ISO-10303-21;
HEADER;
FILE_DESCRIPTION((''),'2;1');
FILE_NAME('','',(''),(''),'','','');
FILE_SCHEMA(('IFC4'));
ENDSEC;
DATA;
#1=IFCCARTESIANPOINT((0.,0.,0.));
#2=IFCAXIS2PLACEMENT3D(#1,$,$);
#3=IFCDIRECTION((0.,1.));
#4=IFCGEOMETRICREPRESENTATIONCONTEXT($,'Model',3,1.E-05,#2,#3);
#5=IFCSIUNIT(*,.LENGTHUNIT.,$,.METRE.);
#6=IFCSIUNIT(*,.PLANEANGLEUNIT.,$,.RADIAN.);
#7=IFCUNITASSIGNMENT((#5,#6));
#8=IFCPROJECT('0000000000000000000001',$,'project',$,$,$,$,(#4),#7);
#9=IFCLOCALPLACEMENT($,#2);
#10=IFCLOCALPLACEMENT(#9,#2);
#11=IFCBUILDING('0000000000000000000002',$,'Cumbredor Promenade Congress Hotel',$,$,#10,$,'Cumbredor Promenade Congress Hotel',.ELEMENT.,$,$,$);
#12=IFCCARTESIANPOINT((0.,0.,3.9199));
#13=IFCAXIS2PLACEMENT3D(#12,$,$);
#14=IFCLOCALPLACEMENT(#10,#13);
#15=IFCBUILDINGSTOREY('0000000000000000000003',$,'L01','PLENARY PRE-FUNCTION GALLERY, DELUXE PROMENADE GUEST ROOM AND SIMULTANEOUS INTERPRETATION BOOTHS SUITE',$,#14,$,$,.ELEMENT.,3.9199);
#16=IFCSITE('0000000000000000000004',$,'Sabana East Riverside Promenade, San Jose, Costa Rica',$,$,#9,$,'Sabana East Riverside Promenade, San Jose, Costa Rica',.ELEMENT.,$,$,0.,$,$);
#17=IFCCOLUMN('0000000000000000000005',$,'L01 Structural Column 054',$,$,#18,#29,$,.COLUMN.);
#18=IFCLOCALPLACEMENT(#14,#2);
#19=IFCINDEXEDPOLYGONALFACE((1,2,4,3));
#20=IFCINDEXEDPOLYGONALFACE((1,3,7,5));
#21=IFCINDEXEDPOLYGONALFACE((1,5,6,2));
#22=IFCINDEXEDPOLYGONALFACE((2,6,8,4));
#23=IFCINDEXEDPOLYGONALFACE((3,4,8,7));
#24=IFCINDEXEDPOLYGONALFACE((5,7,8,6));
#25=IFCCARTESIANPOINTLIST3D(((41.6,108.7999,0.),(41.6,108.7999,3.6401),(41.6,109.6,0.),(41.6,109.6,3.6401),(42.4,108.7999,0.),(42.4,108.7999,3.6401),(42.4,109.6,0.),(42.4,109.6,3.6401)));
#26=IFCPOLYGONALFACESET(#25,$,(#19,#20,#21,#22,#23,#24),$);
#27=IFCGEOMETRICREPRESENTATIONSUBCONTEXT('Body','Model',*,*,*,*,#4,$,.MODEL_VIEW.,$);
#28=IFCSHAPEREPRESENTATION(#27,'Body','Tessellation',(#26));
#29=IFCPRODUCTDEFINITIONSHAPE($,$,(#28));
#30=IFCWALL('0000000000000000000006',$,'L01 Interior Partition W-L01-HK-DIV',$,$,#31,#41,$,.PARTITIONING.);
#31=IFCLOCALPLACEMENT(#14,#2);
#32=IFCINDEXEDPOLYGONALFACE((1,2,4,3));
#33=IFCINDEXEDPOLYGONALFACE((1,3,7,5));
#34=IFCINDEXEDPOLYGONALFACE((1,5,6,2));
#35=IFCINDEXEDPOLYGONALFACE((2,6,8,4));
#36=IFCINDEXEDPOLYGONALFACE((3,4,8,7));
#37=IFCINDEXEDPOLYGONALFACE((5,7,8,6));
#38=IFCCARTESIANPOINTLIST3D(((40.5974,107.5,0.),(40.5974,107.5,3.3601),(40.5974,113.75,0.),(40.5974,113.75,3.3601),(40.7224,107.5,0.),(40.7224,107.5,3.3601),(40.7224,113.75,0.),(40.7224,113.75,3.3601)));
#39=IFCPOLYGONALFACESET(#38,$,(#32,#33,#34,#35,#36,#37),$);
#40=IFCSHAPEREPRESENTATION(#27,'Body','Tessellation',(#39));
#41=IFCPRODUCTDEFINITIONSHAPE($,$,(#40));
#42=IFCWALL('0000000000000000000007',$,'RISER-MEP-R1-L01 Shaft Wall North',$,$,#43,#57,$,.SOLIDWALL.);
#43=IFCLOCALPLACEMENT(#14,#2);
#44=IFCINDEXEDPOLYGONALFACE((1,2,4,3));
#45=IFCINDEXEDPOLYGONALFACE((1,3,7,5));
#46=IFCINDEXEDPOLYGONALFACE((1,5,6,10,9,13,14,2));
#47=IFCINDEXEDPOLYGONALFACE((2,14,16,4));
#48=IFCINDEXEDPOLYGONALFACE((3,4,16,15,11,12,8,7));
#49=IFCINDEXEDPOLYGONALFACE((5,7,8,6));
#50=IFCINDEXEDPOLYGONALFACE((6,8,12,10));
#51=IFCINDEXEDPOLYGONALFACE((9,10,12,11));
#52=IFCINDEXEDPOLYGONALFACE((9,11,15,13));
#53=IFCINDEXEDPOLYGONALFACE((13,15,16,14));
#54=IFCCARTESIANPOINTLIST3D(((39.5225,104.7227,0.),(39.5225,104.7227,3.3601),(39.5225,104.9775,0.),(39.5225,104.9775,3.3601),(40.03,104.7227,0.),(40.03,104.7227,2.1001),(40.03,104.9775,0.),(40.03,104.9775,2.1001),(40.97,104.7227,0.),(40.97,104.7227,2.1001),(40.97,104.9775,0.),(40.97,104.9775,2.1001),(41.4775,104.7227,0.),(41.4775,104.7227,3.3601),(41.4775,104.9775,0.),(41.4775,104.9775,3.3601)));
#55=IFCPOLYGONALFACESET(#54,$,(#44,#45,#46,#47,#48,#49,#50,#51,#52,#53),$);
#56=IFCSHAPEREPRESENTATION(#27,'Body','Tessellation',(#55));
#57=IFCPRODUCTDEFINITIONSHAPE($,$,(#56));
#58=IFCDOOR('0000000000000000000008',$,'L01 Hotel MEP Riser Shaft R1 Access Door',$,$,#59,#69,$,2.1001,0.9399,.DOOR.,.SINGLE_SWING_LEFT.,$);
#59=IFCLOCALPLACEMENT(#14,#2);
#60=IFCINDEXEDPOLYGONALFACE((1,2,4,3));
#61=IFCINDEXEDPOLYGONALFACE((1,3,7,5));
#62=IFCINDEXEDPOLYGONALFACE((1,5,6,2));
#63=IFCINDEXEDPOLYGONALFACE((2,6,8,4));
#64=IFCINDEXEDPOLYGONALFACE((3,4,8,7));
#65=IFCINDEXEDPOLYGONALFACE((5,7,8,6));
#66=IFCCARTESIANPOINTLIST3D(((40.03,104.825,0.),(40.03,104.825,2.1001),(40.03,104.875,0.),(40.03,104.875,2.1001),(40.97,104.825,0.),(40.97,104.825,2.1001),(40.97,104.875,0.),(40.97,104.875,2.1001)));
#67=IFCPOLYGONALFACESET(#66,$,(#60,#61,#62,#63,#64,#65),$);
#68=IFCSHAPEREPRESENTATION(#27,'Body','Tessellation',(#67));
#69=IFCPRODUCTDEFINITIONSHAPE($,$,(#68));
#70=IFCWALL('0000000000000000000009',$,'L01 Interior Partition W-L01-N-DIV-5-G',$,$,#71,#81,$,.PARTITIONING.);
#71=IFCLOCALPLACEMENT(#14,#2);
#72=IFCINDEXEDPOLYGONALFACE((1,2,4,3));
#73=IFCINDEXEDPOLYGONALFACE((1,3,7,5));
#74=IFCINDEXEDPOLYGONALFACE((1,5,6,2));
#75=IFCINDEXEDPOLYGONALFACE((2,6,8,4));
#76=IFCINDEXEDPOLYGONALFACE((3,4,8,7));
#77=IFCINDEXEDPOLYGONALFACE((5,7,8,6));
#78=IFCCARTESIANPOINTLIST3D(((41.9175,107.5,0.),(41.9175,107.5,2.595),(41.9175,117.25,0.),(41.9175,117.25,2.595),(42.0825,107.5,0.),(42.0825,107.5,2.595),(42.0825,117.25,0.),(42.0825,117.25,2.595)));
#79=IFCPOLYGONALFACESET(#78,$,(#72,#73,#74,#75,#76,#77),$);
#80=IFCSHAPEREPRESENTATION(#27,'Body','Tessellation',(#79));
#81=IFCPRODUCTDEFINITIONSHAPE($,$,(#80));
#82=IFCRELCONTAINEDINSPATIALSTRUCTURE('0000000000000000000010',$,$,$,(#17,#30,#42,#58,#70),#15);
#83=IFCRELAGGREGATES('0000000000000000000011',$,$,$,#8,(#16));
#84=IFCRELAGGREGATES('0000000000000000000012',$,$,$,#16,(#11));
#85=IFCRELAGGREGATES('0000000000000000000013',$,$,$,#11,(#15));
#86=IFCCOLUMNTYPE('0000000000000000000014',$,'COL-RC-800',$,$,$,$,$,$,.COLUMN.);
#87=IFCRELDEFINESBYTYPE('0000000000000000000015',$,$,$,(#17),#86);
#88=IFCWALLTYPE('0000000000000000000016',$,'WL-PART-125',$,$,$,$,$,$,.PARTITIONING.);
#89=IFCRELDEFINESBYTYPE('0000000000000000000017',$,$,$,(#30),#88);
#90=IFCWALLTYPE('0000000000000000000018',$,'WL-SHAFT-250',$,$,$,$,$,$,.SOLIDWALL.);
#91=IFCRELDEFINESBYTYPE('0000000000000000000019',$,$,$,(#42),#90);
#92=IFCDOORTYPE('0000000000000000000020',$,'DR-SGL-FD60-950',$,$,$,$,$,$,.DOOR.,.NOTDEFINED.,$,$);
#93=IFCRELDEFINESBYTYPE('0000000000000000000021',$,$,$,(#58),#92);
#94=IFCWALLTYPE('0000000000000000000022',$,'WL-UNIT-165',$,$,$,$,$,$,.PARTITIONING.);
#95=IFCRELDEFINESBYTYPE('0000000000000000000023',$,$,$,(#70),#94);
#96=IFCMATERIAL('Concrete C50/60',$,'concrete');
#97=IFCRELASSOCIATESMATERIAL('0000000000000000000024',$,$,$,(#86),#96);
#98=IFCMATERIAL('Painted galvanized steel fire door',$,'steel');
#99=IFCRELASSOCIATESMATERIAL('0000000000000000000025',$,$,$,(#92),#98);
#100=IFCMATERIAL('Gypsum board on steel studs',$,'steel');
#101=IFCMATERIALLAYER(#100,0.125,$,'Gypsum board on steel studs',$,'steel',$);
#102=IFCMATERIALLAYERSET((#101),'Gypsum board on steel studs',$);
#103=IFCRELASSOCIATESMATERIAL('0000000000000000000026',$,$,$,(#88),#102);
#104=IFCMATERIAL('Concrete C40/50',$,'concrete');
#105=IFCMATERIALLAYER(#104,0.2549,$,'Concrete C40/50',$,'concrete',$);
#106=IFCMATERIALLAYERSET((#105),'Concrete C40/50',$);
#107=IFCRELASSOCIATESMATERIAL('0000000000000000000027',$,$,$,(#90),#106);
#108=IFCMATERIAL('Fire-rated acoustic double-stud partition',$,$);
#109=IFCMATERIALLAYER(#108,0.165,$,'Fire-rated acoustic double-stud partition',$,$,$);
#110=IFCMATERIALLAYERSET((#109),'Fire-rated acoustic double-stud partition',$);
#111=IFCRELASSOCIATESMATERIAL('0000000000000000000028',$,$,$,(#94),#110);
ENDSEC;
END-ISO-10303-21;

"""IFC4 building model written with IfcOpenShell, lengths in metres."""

from ifc_helpers import new_model, si_unit, direction, frame, frame_2d, origin, origin_2d, place, context, subcontext, project, spatial, rectangle, extrude, material, layer, layer_set, material_profile, profile_set, type_object, element, fill, save


model = new_model("IFC4")

# Units and contexts
model_context = context("Model", 3, precision=1e-05, world=origin(), true_north=direction((0.0, 1.0)))
body_context = subcontext(model_context, "Body", "Model", "MODEL_VIEW")
ifc_project = project(units=[si_unit("LENGTHUNIT", "METRE"), si_unit("PLANEANGLEUNIT", "RADIAN")], contexts=[model_context])

# Site, building, storey
site_placement = place(None, origin())
site = spatial("IfcSite", under=ifc_project, at=site_placement, Name="Sabana East Riverside Promenade, San Jose, Costa Rica", LongName="Sabana East Riverside Promenade, San Jose, Costa Rica", CompositionType="ELEMENT", RefElevation=0.0)
building_placement = place(site_placement, origin())
building = spatial("IfcBuilding", under=site, at=building_placement, Name="Cumbredor Promenade Congress Hotel", LongName="Cumbredor Promenade Congress Hotel", CompositionType="ELEMENT")
storey_placement = place(building_placement, frame((0.0, 0.0, 3.9199)))
storey = spatial("IfcBuildingStorey", under=building, at=storey_placement, Name="L01", Description="PLENARY PRE-FUNCTION GALLERY, DELUXE PROMENADE GUEST ROOM AND SIMULTANEOUS INTERPRETATION BOOTHS SUITE", CompositionType="ELEMENT", Elevation=3.9199)

# Column
ifc_material_1 = material(Name="Concrete C50/60", Category="concrete")
ifc_material_profile = material_profile(ifc_material_1, rectangle(XDim=0.8, YDim=0.8, at=origin_2d()), Name="RC 800x800")
ifc_profile_set = profile_set([ifc_material_profile], Name="Concrete C50/60")
column_type = type_object("IfcColumnType", Name="COL-RC-800", PredefinedType="COLUMN", material=ifc_profile_set)
column_placement = place(storey_placement, frame((42.0, 109.2, 0.0), z_axis=(0.0, 0.0, 1.0), x_axis=(1.0, 0.0, 0.0)))
element("IfcColumn", 1, at=column_placement, inside=storey, type_object=column_type, Name="L01 Structural Column 054", PredefinedType="COLUMN", context=body_context, shape_type="SweptSolid", body=[
    extrude(rectangle(XDim=0.8, YDim=0.8, at=origin_2d()), origin(), (0.0, 0.0, 1.0), 3.6401),
])

# Shared definitions
ifc_material_2 = material(Name="Painted galvanized steel fire door", Category="steel")
door_type_1 = type_object("IfcDoorType", Name="DR-SGL-FD60-950", OperationType="NOTDEFINED", PredefinedType="DOOR", material=ifc_material_2)

# Wall
ifc_material_3 = material(Name="Gypsum board on steel studs", Category="steel")
ifc_layer_1 = layer(ifc_material_3, 0.125, Name="Gypsum board on steel studs", Category="steel")
ifc_layer_set_1 = layer_set([ifc_layer_1], Name="Gypsum board on steel studs")
wall_type_1 = type_object("IfcWallType", Name="WL-PART-125", PredefinedType="PARTITIONING", material=ifc_layer_set_1)
wall_1_placement = place(storey_placement, frame((40.6599, 107.5, 0.0), z_axis=(0.0, 0.0, 1.0), x_axis=(0.0, 1.0, 0.0)))
element("IfcWall", 2, at=wall_1_placement, inside=storey, type_object=wall_type_1, Name="L01 Interior Partition W-L01-HK-DIV", PredefinedType="PARTITIONING", context=body_context, shape_type="SweptSolid", body=[
    extrude(rectangle(XDim=6.25, YDim=0.125, at=frame_2d((3.125, 0.0))), origin(), (0.0, 0.0, 1.0), 3.3601),
])

# Wall, opening, door
ifc_material_4 = material(Name="Concrete C40/50", Category="concrete")
ifc_layer_2 = layer(ifc_material_4, 0.2549, Name="Concrete C40/50", Category="concrete")
ifc_layer_set_2 = layer_set([ifc_layer_2], Name="Concrete C40/50")
wall_type_2 = type_object("IfcWallType", Name="WL-SHAFT-250", PredefinedType="SOLIDWALL", material=ifc_layer_set_2)
wall_2_placement = place(storey_placement, frame((39.5225, 104.8501, 0.0), z_axis=(0.0, 0.0, 1.0), x_axis=(1.0, 0.0, 0.0)))
wall_2 = element("IfcWall", 3, at=wall_2_placement, inside=storey, type_object=wall_type_2, Name="RISER-MEP-R1-L01 Shaft Wall North", PredefinedType="SOLIDWALL", context=body_context, shape_type="SweptSolid", body=[
    extrude(rectangle(XDim=1.9551, YDim=0.2549, at=frame_2d((0.9775, 0.0))), origin(), (0.0, 0.0, 1.0), 3.3601),
])
opening_1_placement = place(wall_2_placement, frame((0.5076, 0.0, 0.0)))
opening_1 = element("IfcOpeningElement", 4, at=opening_1_placement, cuts=wall_2, PredefinedType="OPENING", context=body_context, shape_type="SweptSolid", body=[
    extrude(rectangle(XDim=0.9399, YDim=2.1001, at=frame_2d((0.47, 1.05))), frame((0.0, 0.1375, 0.0), z_axis=(0.0, -1.0, 0.0), x_axis=(1.0, 0.0, 0.0)), (0.0, 0.0, 1.0), 0.2749),
])
door_1_placement = place(opening_1_placement, origin())
door_1 = element("IfcDoor", 5, at=door_1_placement, inside=storey, type_object=door_type_1, Name="L01 Hotel MEP Riser Shaft R1 Access Door", OperationType="SINGLE_SWING_LEFT", OverallHeight=2.1001, OverallWidth=0.9399, PredefinedType="DOOR", context=body_context, shape_type="SweptSolid", body=[
    extrude(rectangle(XDim=0.9399, YDim=2.1001, at=frame_2d((0.47, 1.05))), frame((0.0, 0.0249, 0.0), z_axis=(0.0, -1.0, 0.0), x_axis=(1.0, 0.0, 0.0)), (0.0, 0.0, 1.0), 0.05),
])
fill(opening_1, door_1)

# Wall
ifc_material_5 = material(Name="Fire-rated acoustic double-stud partition")
ifc_layer_3 = layer(ifc_material_5, 0.165, Name="Fire-rated acoustic double-stud partition")
ifc_layer_set_3 = layer_set([ifc_layer_3], Name="Fire-rated acoustic double-stud partition")
wall_type_3 = type_object("IfcWallType", Name="WL-UNIT-165", PredefinedType="PARTITIONING", material=ifc_layer_set_3)
wall_3_placement = place(storey_placement, frame((42.0, 107.5, 0.0), z_axis=(0.0, 0.0, 1.0), x_axis=(0.0, 1.0, 0.0)))
element("IfcWall", 6, at=wall_3_placement, inside=storey, type_object=wall_type_3, Name="L01 Interior Partition W-L01-N-DIV-5-G", PredefinedType="PARTITIONING", context=body_context, shape_type="SweptSolid", body=[
    extrude(rectangle(XDim=9.75, YDim=0.165, at=frame_2d((4.875, 0.0))), origin(), (0.0, 0.0, 1.0), 2.595),
])

save(model, "model.ifc")
